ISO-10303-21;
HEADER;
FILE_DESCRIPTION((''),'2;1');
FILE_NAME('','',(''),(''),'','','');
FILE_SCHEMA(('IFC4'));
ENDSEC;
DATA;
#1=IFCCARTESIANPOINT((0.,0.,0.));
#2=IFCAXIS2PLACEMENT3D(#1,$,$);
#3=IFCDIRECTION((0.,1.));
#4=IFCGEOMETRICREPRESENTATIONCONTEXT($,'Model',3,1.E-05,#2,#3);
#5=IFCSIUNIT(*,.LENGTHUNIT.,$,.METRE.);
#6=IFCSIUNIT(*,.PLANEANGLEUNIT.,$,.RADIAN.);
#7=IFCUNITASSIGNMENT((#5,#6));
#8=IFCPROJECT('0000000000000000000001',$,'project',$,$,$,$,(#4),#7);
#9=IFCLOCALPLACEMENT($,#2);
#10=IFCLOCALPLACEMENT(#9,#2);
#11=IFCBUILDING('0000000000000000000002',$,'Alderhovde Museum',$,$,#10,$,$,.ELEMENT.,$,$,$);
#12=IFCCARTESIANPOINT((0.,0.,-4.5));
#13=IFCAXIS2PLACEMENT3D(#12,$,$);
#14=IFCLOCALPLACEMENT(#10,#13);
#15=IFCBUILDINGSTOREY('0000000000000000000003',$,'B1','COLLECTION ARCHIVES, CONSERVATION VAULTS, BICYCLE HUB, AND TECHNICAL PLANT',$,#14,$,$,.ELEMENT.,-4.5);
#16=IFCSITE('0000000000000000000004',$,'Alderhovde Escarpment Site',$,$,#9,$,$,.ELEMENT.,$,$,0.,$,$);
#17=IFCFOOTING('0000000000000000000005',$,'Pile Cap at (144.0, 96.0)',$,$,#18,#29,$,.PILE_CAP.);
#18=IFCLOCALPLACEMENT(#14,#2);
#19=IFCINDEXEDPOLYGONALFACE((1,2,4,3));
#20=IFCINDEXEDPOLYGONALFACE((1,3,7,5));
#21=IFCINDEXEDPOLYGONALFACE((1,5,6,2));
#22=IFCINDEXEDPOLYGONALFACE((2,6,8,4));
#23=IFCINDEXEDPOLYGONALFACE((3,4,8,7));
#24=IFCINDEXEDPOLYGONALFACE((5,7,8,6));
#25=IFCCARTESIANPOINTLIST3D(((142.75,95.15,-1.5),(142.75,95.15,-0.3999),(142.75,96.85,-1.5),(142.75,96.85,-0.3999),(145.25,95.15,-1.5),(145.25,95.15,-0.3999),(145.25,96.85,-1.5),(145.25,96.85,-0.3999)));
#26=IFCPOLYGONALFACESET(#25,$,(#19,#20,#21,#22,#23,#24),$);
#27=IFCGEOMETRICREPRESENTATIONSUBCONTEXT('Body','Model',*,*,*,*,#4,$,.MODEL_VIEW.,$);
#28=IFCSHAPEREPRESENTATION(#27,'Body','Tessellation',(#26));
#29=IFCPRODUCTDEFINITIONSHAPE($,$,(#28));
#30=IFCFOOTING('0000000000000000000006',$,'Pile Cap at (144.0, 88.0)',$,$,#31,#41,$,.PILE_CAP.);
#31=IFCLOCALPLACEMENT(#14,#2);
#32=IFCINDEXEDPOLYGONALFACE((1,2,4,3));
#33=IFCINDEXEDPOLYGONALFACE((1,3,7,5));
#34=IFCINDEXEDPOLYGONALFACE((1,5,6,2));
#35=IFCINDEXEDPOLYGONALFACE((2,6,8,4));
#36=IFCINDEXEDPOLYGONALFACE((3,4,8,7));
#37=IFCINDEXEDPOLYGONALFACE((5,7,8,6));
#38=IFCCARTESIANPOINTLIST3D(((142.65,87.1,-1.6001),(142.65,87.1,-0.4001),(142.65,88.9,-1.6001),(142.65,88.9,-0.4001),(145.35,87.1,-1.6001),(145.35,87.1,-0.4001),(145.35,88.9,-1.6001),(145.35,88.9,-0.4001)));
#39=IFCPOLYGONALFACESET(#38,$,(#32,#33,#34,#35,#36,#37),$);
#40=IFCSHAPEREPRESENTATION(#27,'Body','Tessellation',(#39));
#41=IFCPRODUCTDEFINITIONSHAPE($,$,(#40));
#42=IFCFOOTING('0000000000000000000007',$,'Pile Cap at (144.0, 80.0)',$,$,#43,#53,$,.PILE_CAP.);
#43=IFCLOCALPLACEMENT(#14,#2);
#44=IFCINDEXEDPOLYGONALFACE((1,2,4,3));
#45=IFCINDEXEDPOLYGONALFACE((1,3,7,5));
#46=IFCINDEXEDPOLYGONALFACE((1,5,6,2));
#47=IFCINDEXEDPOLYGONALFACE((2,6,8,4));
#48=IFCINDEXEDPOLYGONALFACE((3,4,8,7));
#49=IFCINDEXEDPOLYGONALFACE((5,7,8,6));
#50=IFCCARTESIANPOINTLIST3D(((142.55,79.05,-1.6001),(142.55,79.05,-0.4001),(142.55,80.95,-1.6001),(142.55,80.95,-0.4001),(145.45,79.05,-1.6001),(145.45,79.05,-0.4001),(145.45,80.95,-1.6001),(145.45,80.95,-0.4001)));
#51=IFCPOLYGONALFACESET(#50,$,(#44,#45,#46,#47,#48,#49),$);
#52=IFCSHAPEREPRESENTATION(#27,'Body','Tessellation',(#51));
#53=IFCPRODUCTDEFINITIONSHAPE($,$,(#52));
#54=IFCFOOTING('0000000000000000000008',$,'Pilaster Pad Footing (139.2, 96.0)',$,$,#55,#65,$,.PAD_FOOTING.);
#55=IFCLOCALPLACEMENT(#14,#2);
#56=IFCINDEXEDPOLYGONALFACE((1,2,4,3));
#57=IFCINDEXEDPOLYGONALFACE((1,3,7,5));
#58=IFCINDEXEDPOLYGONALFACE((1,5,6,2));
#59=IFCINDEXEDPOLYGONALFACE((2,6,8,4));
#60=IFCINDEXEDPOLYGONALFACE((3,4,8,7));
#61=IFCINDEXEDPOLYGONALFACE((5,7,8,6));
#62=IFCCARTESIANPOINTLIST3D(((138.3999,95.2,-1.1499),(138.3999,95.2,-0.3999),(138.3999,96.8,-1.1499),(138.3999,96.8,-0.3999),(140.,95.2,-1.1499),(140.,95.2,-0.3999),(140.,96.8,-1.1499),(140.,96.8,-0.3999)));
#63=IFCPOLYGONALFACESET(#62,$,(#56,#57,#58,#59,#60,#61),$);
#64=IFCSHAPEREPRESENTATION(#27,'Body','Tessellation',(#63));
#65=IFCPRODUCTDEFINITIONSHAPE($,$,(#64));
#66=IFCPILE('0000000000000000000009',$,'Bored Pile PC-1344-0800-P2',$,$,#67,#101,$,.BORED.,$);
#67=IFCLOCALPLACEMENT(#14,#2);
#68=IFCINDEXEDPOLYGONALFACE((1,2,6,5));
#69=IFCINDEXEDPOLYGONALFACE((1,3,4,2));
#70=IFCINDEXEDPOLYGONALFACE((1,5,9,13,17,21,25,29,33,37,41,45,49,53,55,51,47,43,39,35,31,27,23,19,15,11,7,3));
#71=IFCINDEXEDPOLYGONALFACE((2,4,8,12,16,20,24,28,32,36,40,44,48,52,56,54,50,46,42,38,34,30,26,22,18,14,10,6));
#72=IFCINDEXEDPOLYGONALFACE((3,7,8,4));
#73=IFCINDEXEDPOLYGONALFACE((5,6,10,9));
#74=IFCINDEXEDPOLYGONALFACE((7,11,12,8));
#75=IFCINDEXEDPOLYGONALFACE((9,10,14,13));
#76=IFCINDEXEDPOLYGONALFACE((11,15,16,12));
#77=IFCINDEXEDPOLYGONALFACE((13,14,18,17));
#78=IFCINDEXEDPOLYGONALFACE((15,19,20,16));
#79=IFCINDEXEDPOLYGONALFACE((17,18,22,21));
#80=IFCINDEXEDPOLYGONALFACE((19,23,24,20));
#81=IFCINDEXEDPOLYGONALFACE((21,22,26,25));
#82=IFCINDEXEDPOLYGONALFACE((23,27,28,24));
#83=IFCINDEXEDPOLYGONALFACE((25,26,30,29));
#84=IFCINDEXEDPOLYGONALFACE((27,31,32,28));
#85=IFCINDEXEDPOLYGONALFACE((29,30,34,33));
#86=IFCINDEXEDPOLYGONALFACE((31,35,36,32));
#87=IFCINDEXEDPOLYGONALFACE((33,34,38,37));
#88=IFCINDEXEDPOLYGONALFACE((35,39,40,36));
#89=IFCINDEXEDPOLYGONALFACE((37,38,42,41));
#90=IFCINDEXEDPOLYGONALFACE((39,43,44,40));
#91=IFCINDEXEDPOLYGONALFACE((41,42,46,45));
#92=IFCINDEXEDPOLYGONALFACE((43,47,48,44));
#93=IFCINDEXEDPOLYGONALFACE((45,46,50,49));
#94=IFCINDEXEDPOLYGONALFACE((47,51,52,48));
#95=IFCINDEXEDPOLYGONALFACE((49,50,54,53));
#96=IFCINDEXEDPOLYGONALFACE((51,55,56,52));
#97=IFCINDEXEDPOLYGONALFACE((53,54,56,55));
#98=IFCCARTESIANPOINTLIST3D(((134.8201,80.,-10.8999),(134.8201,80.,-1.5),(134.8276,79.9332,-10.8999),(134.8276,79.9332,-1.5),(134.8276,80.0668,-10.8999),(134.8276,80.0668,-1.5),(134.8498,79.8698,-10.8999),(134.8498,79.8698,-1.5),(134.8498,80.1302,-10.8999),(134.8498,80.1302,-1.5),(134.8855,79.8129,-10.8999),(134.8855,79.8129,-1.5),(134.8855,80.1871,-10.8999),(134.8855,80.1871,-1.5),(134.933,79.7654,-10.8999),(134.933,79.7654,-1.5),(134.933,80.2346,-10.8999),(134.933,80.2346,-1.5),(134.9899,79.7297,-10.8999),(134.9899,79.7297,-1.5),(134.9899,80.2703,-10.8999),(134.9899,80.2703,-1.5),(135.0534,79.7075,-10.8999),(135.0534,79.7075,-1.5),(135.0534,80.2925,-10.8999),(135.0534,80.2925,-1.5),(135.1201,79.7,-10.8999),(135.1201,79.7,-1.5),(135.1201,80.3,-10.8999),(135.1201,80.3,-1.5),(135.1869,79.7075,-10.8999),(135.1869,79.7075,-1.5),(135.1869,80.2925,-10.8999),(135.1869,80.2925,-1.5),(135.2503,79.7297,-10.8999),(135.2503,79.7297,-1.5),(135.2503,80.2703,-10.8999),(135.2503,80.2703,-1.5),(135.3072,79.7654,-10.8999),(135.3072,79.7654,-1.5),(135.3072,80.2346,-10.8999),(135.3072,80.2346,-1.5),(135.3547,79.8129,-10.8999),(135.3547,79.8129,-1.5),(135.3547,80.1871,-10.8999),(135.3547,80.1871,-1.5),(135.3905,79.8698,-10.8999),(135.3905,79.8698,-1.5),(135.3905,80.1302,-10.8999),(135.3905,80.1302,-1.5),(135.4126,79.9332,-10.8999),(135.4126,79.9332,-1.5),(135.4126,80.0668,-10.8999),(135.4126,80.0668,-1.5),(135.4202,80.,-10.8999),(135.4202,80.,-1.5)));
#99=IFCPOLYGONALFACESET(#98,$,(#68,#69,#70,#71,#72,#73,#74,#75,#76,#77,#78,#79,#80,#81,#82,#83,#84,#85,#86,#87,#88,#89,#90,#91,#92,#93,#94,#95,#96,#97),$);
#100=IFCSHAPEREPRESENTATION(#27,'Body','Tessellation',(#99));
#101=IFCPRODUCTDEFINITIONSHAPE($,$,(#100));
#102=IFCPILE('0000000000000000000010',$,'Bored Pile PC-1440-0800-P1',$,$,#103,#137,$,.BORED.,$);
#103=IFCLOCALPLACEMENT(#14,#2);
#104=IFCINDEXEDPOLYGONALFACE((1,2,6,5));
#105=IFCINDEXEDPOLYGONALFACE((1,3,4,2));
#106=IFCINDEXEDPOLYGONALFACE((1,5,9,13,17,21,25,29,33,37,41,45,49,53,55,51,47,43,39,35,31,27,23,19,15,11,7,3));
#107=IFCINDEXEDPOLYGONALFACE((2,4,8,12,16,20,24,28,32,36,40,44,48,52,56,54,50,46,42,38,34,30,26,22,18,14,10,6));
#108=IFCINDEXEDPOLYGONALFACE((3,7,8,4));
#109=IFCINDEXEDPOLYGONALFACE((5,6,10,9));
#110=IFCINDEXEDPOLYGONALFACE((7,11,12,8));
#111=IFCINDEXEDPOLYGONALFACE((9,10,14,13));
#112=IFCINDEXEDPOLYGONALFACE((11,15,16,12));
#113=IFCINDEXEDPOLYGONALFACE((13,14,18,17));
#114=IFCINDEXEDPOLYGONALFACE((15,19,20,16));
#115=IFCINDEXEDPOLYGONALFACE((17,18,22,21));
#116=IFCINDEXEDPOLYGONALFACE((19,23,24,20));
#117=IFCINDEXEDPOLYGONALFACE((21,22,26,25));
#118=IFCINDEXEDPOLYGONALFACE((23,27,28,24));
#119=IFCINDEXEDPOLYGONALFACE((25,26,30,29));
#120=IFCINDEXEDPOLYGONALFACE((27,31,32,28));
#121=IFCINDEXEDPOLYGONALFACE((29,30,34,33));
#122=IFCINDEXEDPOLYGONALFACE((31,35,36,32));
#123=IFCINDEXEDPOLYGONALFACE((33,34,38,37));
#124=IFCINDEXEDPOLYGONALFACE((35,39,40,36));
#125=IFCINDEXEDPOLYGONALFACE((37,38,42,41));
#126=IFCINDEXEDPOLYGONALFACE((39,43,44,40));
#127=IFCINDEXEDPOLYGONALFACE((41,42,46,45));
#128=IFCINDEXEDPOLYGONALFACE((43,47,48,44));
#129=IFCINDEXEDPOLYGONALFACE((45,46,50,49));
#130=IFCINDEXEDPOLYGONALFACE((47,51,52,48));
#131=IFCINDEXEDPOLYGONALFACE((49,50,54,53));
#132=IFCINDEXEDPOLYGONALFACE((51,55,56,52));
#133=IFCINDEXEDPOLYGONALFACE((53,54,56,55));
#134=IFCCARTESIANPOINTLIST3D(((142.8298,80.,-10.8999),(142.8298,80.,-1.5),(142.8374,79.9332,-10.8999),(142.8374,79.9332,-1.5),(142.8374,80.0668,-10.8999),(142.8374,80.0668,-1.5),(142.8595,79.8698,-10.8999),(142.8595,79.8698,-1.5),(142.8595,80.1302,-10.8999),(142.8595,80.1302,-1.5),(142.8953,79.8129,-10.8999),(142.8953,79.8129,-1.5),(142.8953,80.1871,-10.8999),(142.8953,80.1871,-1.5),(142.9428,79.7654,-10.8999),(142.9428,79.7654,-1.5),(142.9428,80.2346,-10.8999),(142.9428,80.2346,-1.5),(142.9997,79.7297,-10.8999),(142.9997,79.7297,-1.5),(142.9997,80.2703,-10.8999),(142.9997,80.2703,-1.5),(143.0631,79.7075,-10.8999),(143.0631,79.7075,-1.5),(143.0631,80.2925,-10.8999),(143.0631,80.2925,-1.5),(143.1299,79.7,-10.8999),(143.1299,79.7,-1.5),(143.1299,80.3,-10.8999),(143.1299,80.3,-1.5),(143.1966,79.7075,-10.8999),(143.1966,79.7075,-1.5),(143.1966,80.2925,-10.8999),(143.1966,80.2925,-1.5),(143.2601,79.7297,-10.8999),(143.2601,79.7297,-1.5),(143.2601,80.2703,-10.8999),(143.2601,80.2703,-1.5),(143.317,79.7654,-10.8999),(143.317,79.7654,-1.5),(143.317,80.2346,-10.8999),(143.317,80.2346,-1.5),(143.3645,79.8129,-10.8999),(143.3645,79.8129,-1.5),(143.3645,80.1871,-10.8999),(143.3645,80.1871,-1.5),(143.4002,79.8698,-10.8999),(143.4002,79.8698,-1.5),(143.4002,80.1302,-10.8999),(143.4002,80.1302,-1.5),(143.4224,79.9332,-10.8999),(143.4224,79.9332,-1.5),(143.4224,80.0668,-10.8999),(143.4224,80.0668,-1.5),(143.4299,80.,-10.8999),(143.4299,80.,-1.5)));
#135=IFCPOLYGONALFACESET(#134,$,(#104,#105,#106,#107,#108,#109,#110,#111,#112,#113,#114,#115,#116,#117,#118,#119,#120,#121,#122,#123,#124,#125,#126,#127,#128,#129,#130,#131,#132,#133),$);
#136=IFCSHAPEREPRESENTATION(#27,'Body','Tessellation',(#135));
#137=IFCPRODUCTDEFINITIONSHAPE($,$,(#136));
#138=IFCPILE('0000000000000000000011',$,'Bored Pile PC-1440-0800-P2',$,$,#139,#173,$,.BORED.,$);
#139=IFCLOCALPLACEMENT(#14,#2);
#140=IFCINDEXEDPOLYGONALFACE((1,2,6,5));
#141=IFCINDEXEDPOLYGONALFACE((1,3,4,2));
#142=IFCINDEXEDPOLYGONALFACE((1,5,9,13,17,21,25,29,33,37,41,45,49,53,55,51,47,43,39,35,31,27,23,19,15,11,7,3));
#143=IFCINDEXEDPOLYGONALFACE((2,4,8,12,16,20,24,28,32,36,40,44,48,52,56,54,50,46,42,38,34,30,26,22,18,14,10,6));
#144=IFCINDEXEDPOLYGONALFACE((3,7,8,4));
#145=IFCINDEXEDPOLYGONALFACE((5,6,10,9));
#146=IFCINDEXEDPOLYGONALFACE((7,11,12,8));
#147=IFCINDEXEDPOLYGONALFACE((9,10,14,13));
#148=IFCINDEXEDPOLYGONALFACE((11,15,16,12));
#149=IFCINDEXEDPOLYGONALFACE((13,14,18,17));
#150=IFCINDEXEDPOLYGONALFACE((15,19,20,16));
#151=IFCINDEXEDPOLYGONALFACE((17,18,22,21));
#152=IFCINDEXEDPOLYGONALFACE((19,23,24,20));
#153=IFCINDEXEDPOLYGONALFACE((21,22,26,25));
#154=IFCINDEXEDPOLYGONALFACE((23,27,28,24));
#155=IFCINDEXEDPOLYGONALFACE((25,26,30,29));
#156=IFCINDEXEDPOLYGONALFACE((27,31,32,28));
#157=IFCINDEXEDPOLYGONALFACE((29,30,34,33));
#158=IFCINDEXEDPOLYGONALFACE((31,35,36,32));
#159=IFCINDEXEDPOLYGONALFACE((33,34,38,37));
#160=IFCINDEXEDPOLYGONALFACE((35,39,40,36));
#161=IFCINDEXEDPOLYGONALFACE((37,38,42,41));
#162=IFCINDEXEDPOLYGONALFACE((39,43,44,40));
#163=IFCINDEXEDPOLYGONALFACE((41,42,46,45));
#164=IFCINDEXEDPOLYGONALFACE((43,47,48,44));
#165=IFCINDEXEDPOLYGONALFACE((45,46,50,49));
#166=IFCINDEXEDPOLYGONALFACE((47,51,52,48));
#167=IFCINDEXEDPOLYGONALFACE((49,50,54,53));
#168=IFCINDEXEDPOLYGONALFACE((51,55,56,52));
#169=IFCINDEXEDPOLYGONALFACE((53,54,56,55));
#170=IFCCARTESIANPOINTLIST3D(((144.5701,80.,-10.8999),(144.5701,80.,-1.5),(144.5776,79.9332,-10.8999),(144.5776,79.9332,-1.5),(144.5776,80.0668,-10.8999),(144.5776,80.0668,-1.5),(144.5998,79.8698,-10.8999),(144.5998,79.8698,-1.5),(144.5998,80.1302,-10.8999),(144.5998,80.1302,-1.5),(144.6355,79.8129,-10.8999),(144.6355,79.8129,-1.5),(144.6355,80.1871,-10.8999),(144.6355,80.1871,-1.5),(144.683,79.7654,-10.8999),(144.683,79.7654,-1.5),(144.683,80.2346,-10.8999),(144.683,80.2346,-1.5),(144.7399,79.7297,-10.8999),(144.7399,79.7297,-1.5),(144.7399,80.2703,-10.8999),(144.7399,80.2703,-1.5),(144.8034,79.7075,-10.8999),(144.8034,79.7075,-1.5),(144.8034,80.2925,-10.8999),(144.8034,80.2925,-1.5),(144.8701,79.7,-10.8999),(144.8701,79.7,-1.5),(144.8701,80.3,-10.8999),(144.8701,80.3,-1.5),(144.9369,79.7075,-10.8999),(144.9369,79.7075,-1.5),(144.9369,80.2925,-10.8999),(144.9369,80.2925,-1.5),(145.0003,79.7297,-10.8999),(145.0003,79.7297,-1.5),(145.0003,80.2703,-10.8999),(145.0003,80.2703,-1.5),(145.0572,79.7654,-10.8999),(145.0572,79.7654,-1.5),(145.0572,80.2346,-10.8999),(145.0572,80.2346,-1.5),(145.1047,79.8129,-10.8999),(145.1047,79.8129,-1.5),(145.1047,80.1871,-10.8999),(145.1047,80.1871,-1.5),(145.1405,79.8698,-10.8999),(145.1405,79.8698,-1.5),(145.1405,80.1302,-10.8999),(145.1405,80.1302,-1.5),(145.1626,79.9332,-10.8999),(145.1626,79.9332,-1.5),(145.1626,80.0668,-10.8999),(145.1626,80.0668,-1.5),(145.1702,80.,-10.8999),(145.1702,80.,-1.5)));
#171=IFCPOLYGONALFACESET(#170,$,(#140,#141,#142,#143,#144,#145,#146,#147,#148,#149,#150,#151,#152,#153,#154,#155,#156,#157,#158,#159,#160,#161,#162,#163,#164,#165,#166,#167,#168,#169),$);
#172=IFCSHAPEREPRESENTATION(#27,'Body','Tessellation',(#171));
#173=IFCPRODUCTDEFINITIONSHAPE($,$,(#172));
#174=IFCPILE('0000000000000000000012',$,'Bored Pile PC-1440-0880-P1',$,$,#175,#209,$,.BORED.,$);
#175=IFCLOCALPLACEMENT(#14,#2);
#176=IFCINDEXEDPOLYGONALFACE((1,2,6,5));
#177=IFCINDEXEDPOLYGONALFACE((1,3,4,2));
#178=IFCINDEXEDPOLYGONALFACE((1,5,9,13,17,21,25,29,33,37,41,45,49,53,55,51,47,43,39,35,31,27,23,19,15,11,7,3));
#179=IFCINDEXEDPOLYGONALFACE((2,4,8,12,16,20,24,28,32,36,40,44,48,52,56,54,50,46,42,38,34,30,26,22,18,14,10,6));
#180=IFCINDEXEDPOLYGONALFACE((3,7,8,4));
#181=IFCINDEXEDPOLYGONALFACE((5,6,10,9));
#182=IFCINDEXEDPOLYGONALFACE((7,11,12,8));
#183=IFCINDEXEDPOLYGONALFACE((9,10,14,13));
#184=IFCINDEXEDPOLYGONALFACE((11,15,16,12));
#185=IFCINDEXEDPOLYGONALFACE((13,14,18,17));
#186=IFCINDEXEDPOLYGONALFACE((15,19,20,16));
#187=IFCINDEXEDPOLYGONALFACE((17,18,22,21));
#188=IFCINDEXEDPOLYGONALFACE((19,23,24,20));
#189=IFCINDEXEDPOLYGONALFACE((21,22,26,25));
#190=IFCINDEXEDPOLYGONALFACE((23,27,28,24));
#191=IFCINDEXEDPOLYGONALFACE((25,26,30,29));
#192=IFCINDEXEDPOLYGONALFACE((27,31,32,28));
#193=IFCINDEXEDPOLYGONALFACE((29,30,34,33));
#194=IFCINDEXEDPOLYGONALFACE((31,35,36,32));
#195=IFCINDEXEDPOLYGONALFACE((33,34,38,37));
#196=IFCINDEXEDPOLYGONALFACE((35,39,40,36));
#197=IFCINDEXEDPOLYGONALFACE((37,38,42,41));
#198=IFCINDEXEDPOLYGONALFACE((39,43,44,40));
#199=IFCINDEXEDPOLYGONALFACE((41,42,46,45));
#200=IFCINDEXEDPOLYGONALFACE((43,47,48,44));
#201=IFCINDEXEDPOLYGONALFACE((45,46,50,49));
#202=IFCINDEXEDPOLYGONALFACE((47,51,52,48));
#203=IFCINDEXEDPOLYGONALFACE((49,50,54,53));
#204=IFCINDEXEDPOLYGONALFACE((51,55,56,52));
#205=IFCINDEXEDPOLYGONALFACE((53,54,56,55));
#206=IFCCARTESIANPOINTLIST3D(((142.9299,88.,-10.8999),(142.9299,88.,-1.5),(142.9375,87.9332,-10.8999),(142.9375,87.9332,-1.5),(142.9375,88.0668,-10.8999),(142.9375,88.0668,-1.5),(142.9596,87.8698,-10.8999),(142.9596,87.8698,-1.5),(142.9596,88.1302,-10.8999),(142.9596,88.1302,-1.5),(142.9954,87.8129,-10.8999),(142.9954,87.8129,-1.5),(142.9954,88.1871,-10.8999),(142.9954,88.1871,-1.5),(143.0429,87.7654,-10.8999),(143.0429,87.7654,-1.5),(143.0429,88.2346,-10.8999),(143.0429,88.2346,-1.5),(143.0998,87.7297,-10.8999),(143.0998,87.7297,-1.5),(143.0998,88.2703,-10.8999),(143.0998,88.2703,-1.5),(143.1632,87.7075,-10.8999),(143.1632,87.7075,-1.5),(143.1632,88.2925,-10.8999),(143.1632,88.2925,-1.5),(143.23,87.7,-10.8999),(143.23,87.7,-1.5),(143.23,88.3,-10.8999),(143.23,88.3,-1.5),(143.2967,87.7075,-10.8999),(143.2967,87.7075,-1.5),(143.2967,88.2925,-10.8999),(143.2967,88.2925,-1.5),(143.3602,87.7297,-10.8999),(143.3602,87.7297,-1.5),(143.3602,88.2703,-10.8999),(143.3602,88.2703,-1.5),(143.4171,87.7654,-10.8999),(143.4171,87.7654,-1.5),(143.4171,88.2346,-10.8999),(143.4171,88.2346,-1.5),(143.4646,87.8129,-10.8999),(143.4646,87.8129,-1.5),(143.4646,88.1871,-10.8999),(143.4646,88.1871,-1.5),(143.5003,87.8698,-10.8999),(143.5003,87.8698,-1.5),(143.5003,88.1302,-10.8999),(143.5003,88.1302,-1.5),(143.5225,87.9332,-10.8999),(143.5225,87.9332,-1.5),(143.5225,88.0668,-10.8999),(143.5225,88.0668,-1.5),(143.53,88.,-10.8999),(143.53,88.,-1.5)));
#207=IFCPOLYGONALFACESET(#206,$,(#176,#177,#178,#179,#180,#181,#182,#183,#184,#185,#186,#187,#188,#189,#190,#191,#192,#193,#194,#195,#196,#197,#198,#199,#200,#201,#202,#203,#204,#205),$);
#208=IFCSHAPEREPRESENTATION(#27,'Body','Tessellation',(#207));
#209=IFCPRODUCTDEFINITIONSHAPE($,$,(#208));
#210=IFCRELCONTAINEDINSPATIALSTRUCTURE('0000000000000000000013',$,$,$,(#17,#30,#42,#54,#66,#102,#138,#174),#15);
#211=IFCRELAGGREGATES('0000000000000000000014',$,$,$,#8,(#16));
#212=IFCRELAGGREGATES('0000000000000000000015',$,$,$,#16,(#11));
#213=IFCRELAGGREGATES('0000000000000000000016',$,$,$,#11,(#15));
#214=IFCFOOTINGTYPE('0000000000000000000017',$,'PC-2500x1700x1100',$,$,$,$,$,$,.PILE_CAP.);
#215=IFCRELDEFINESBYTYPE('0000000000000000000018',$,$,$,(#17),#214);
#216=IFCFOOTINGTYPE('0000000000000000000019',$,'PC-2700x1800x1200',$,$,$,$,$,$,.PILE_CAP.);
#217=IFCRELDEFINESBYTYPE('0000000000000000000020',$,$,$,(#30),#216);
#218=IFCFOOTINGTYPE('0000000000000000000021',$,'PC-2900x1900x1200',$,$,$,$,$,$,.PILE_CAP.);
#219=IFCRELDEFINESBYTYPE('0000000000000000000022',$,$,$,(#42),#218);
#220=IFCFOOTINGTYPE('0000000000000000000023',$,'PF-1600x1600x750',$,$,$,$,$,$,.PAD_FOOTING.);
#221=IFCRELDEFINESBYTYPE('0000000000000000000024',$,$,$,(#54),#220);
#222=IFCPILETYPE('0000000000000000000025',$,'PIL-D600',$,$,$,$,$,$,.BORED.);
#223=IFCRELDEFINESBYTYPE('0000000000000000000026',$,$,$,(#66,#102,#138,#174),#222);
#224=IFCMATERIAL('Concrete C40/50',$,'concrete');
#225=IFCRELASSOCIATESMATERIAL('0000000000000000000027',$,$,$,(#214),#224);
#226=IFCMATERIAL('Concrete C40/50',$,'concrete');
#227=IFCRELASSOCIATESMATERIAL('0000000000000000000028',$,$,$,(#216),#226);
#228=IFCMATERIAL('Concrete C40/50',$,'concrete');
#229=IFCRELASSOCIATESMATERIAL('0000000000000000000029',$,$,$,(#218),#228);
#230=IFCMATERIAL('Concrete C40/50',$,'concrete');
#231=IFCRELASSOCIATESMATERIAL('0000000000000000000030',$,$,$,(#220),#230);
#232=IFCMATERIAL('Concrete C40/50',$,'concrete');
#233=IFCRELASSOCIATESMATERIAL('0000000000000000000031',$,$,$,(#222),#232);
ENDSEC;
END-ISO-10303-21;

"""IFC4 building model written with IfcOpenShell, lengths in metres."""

from ifc_helpers import new_model, si_unit, direction, frame, origin, origin_2d, place, context, subcontext, project, spatial, rectangle, circle, extrude, material, material_profile, profile_set, type_object, element, save


model = new_model("IFC4")

# Units and contexts
model_context = context("Model", 3, precision=1e-05, world=origin(), true_north=direction((0.0, 1.0)))
body_context = subcontext(model_context, "Body", "Model", "MODEL_VIEW")
ifc_project = project(units=[si_unit("LENGTHUNIT", "METRE"), si_unit("PLANEANGLEUNIT", "RADIAN")], contexts=[model_context])

# Site, building, storey
site_placement = place(None, origin())
site = spatial("IfcSite", under=ifc_project, at=site_placement, Name="Alderhovde Escarpment Site", CompositionType="ELEMENT", RefElevation=0.0)
building_placement = place(site_placement, origin())
building = spatial("IfcBuilding", under=site, at=building_placement, Name="Alderhovde Museum", CompositionType="ELEMENT")
storey_placement = place(building_placement, frame((0.0, 0.0, -4.5)))
storey = spatial("IfcBuildingStorey", under=building, at=storey_placement, Name="B1", Description="COLLECTION ARCHIVES, CONSERVATION VAULTS, BICYCLE HUB, AND TECHNICAL PLANT", CompositionType="ELEMENT", Elevation=-4.5)

# Footings
ifc_material_1 = material(Name="Concrete C40/50", Category="concrete")
footing_type_1 = type_object("IfcFootingType", Name="PC-2500x1700x1100", PredefinedType="PILE_CAP", material=ifc_material_1)
footing_1_placement = place(storey_placement, frame((144.0, 96.0, -1.5), z_axis=(0.0, 0.0, 1.0), x_axis=(1.0, 0.0, 0.0)))
element("IfcFooting", 1, at=footing_1_placement, inside=storey, type_object=footing_type_1, Name="Pile Cap at (144.0, 96.0)", PredefinedType="PILE_CAP", context=body_context, shape_type="SweptSolid", body=[
    extrude(rectangle(XDim=2.5, YDim=1.7, at=origin_2d()), origin(), (0.0, 0.0, 1.0), 1.1001),
])
ifc_material_2 = material(Name="Concrete C40/50", Category="concrete")
footing_type_2 = type_object("IfcFootingType", Name="PC-2700x1800x1200", PredefinedType="PILE_CAP", material=ifc_material_2)
footing_2_placement = place(storey_placement, frame((144.0, 88.0, -1.6001), z_axis=(0.0, 0.0, 1.0), x_axis=(1.0, 0.0, 0.0)))
element("IfcFooting", 2, at=footing_2_placement, inside=storey, type_object=footing_type_2, Name="Pile Cap at (144.0, 88.0)", PredefinedType="PILE_CAP", context=body_context, shape_type="SweptSolid", body=[
    extrude(rectangle(XDim=2.7, YDim=1.8, at=origin_2d()), origin(), (0.0, 0.0, 1.0), 1.2),
])
ifc_material_3 = material(Name="Concrete C40/50", Category="concrete")
footing_type_3 = type_object("IfcFootingType", Name="PC-2900x1900x1200", PredefinedType="PILE_CAP", material=ifc_material_3)
footing_3_placement = place(storey_placement, frame((144.0, 80.0, -1.6001), z_axis=(0.0, 0.0, 1.0), x_axis=(1.0, 0.0, 0.0)))
element("IfcFooting", 3, at=footing_3_placement, inside=storey, type_object=footing_type_3, Name="Pile Cap at (144.0, 80.0)", PredefinedType="PILE_CAP", context=body_context, shape_type="SweptSolid", body=[
    extrude(rectangle(XDim=2.8999, YDim=1.8999, at=origin_2d()), origin(), (0.0, 0.0, 1.0), 1.2),
])
ifc_material_4 = material(Name="Concrete C40/50", Category="concrete")
footing_type_4 = type_object("IfcFootingType", Name="PF-1600x1600x750", PredefinedType="PAD_FOOTING", material=ifc_material_4)
footing_4_placement = place(storey_placement, frame((139.2, 96.0, -1.1499), z_axis=(0.0, 0.0, 1.0), x_axis=(1.0, 0.0, 0.0)))
element("IfcFooting", 4, at=footing_4_placement, inside=storey, type_object=footing_type_4, Name="Pilaster Pad Footing (139.2, 96.0)", PredefinedType="PAD_FOOTING", context=body_context, shape_type="SweptSolid", body=[
    extrude(rectangle(XDim=1.6001, YDim=1.6001, at=origin_2d()), origin(), (0.0, 0.0, 1.0), 0.75),
])

# Piles
ifc_material_5 = material(Name="Concrete C40/50", Category="concrete")
ifc_material_profile_1 = material_profile(ifc_material_5, circle(Radius=0.3, at=origin_2d()), Name="PILE-D600")
ifc_profile_set_1 = profile_set([ifc_material_profile_1], Name="Concrete C40/50")
pile_type_1 = type_object("IfcPileType", Name="PIL-D600", PredefinedType="BORED", material=ifc_profile_set_1)
for number, where, z_axis, x_axis, name in (
    (5, (135.1201, 80.0, -1.5), (0.0, 0.0, -1.0), (1.0, 0.0, 0.0), "Bored Pile PC-1344-0800-P2"),
    (6, (143.1299, 80.0, -1.5), (0.0, 0.0, -1.0), (1.0, 0.0, 0.0), "Bored Pile PC-1440-0800-P1"),
    (7, (144.8701, 80.0, -1.5), (0.0, 0.0, -1.0), (1.0, 0.0, 0.0), "Bored Pile PC-1440-0800-P2"),
    (8, (143.23, 88.0, -1.5), (0.0, 0.0, -1.0), (1.0, 0.0, 0.0), "Bored Pile PC-1440-0880-P1"),
):
    element("IfcPile", number, at=place(storey_placement, frame(where, z_axis=z_axis, x_axis=x_axis)), inside=storey, type_object=pile_type_1, Name=name, PredefinedType="BORED", context=body_context, shape_type="SweptSolid", body=[
        extrude(circle(Radius=0.3, at=origin_2d()), origin(), (0.0, 0.0, 1.0), 9.3999),
    ])

save(model, "model.ifc")
